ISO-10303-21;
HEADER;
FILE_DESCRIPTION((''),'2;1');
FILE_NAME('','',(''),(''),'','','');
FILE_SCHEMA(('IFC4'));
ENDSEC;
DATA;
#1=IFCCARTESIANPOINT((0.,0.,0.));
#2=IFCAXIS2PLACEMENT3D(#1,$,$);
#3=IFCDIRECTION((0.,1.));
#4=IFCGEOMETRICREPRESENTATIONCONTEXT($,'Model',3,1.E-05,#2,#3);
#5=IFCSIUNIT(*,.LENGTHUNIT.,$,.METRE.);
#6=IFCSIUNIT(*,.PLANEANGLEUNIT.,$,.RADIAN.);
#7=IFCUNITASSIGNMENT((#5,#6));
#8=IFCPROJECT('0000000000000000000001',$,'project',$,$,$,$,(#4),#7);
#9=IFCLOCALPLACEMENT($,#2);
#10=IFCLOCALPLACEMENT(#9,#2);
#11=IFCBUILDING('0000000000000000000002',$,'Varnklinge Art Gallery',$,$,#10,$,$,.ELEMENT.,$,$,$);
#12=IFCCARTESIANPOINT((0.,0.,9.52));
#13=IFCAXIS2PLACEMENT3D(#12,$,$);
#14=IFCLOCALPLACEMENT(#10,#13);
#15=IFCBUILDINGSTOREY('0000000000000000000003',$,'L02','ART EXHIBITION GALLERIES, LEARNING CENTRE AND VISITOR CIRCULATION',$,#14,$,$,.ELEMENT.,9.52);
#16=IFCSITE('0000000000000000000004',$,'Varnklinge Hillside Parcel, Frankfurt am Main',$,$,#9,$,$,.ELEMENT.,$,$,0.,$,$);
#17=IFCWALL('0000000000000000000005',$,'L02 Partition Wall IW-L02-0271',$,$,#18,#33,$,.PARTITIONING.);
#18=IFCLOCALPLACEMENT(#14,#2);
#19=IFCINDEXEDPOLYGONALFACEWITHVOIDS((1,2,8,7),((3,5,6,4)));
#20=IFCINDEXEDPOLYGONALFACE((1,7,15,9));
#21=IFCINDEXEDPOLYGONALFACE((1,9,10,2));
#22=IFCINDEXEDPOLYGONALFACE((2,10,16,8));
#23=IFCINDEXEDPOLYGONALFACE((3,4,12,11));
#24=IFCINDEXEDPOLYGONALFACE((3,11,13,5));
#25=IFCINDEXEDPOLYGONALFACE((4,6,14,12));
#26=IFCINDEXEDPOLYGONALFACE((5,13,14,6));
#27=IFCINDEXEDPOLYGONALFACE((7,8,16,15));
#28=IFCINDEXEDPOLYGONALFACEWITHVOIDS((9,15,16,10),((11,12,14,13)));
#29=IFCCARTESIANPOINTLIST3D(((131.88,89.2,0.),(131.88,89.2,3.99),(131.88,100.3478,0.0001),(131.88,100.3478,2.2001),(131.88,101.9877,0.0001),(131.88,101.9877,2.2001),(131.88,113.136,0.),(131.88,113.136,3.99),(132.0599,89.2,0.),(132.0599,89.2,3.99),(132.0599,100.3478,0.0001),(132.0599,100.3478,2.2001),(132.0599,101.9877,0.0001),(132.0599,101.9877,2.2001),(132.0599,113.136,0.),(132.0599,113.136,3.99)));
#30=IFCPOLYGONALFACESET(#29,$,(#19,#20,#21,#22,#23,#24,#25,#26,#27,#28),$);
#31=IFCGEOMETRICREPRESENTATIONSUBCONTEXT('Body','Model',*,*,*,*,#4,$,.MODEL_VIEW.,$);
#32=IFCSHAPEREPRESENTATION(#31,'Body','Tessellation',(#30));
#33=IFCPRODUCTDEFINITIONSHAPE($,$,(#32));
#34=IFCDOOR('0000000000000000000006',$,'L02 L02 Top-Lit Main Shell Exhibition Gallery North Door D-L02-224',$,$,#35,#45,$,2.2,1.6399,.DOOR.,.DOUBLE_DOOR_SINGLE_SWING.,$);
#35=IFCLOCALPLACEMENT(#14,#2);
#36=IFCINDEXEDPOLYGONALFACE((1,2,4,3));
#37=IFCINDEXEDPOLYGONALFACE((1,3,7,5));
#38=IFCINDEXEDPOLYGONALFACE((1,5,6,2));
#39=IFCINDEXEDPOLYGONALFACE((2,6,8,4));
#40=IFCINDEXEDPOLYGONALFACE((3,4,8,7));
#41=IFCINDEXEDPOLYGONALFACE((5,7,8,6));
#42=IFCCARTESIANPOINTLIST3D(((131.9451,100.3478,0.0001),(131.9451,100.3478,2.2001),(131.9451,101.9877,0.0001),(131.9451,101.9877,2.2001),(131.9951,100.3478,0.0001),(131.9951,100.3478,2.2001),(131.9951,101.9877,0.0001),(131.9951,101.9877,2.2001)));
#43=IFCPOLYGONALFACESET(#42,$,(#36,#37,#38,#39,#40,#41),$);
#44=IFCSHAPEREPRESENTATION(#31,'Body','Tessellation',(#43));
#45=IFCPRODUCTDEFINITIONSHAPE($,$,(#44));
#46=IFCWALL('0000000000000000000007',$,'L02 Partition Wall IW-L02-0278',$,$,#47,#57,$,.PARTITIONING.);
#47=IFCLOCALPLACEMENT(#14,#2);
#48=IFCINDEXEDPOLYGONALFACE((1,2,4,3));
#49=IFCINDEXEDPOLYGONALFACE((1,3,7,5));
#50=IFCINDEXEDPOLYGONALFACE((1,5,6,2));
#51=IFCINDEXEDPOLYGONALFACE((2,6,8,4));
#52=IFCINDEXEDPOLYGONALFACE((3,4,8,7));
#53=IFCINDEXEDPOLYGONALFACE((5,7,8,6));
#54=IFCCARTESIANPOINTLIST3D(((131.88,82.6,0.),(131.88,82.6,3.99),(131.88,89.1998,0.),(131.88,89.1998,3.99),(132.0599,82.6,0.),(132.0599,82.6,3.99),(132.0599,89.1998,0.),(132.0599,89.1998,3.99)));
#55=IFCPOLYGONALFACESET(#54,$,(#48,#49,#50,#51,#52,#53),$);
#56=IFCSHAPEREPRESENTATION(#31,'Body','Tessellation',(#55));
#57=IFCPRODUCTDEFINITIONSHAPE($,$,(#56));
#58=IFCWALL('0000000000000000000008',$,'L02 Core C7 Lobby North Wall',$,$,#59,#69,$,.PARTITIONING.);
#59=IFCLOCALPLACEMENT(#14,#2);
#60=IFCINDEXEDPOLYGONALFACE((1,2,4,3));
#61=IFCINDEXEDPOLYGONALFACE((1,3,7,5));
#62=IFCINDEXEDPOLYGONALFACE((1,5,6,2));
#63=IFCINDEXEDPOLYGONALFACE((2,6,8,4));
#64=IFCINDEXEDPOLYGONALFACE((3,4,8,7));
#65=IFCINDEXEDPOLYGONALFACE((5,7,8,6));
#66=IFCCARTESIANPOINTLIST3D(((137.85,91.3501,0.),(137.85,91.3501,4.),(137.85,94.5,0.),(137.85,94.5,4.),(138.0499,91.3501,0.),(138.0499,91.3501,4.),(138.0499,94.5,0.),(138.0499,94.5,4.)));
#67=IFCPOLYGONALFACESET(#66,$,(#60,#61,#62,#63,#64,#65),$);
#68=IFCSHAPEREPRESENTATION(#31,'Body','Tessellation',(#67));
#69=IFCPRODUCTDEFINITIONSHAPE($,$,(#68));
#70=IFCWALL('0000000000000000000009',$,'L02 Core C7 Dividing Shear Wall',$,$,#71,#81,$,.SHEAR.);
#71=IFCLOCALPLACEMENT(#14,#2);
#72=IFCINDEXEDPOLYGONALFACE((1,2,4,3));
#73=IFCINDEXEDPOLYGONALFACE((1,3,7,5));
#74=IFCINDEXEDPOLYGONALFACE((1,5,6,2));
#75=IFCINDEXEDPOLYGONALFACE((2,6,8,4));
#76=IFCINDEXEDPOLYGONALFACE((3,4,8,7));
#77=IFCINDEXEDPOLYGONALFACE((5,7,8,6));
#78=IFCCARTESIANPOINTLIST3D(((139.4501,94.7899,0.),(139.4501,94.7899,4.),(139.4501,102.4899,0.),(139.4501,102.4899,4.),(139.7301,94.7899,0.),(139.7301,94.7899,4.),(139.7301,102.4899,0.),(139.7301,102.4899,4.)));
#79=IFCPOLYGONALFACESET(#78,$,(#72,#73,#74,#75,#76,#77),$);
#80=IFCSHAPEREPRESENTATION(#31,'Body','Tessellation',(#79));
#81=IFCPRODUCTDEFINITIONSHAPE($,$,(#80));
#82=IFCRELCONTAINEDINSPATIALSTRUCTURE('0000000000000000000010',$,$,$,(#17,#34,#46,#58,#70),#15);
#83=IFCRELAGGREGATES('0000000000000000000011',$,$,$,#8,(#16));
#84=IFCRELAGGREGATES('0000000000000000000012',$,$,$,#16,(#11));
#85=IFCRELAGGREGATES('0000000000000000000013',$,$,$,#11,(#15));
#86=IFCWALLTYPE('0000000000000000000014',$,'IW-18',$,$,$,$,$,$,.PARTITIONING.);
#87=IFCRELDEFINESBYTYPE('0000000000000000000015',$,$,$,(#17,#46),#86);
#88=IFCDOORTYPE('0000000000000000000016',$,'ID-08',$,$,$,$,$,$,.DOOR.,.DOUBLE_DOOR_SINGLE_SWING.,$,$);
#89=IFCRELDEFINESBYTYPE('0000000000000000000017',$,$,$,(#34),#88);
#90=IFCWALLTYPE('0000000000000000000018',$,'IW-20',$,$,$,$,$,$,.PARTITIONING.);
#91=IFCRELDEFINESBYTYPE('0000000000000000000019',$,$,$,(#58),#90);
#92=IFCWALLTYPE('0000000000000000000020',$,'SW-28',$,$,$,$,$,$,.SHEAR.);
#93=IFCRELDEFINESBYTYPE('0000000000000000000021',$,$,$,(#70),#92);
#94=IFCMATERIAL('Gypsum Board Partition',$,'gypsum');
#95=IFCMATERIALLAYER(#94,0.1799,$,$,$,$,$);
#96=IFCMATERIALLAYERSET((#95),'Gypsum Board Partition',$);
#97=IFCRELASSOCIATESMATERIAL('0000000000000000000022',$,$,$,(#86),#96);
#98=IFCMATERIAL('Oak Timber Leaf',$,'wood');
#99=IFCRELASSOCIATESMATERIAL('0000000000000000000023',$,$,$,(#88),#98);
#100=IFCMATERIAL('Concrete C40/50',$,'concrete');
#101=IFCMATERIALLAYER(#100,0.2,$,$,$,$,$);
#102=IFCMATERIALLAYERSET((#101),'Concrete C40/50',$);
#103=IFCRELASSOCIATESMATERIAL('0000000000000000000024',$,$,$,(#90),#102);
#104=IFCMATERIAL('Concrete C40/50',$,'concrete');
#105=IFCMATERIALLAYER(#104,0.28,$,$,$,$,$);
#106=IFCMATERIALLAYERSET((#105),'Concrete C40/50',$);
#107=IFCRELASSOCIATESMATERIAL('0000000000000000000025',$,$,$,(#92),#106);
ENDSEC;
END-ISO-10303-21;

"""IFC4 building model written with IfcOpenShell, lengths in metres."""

from ifc_helpers import new_model, si_unit, direction, frame, frame_2d, origin, place, context, subcontext, project, spatial, rectangle, extrude, material, layer, layer_set, type_object, element, fill, save


model = new_model("IFC4")

# Units and contexts
model_context = context("Model", 3, precision=1e-05, world=origin(), true_north=direction((0.0, 1.0)))
body_context = subcontext(model_context, "Body", "Model", "MODEL_VIEW")
ifc_project = project(units=[si_unit("LENGTHUNIT", "METRE"), si_unit("PLANEANGLEUNIT", "RADIAN")], contexts=[model_context])

# Site, building, storey
site_placement = place(None, origin())
site = spatial("IfcSite", under=ifc_project, at=site_placement, Name="Varnklinge Hillside Parcel, Frankfurt am Main", CompositionType="ELEMENT", RefElevation=0.0)
building_placement = place(site_placement, origin())
building = spatial("IfcBuilding", under=site, at=building_placement, Name="Varnklinge Art Gallery", CompositionType="ELEMENT")
storey_placement = place(building_placement, frame((0.0, 0.0, 9.52)))
storey = spatial("IfcBuildingStorey", under=building, at=storey_placement, Name="L02", Description="ART EXHIBITION GALLERIES, LEARNING CENTRE AND VISITOR CIRCULATION", CompositionType="ELEMENT", Elevation=9.52)

# Wall, opening, door
ifc_material_1 = material(Name="Gypsum Board Partition", Category="gypsum")
ifc_layer_1 = layer(ifc_material_1, 0.1799)
ifc_layer_set_1 = layer_set([ifc_layer_1], Name="Gypsum Board Partition")
wall_type_1 = type_object("IfcWallType", Name="IW-18", PredefinedType="PARTITIONING", material=ifc_layer_set_1)
wall_1_placement = place(storey_placement, frame((131.97, 89.2, 0.0), z_axis=(0.0, 0.0, 1.0), x_axis=(0.0, 1.0, 0.0)))
wall_1 = element("IfcWall", 1, at=wall_1_placement, inside=storey, type_object=wall_type_1, Name="L02 Partition Wall IW-L02-0271", PredefinedType="PARTITIONING", context=body_context, shape_type="SweptSolid", body=[
    extrude(rectangle(XDim=23.936, YDim=0.1799, at=frame_2d((11.968, 0.0))), origin(), (0.0, 0.0, 1.0), 3.99),
])
opening_1_placement = place(wall_1_placement, frame((11.1479, 0.0, 0.0)))
opening_1 = element("IfcOpeningElement", 2, at=opening_1_placement, cuts=wall_1, PredefinedType="OPENING", context=body_context, shape_type="SweptSolid", body=[
    extrude(rectangle(XDim=1.6399, YDim=2.2, at=frame_2d((0.8198, 1.1001))), frame((0.0, 0.0999, 0.0), z_axis=(0.0, -1.0, 0.0), x_axis=(1.0, 0.0, 0.0)), (0.0, 0.0, 1.0), 0.2),
])
ifc_material_2 = material(Name="Oak Timber Leaf", Category="wood")
door_type_1 = type_object("IfcDoorType", Name="ID-08", OperationType="DOUBLE_DOOR_SINGLE_SWING", PredefinedType="DOOR", material=ifc_material_2)
door_1_placement = place(opening_1_placement, origin())
door_1 = element("IfcDoor", 3, at=door_1_placement, inside=storey, type_object=door_type_1, Name="L02 L02 Top-Lit Main Shell Exhibition Gallery North Door D-L02-224", OperationType="DOUBLE_DOOR_SINGLE_SWING", OverallHeight=2.2, OverallWidth=1.6399, PredefinedType="DOOR", context=body_context, shape_type="SweptSolid", body=[
    extrude(rectangle(XDim=1.6399, YDim=2.2, at=frame_2d((0.8198, 1.1001))), frame((0.0, 0.0249, 0.0), z_axis=(0.0, -1.0, 0.0), x_axis=(1.0, 0.0, 0.0)), (0.0, 0.0, 1.0), 0.05),
])
fill(opening_1, door_1)

# Walls
wall_2_placement = place(storey_placement, frame((131.97, 82.6001, 0.0), z_axis=(0.0, 0.0, 1.0), x_axis=(0.0, 1.0, 0.0)))
element("IfcWall", 4, at=wall_2_placement, inside=storey, type_object=wall_type_1, Name="L02 Partition Wall IW-L02-0278", PredefinedType="PARTITIONING", context=body_context, shape_type="SweptSolid", body=[
    extrude(rectangle(XDim=6.5999, YDim=0.1799, at=frame_2d((3.2998, 0.0))), origin(), (0.0, 0.0, 1.0), 3.99),
])
ifc_material_3 = material(Name="Concrete C40/50", Category="concrete")
ifc_layer_2 = layer(ifc_material_3, 0.2)
ifc_layer_set_2 = layer_set([ifc_layer_2], Name="Concrete C40/50")
wall_type_2 = type_object("IfcWallType", Name="IW-20", PredefinedType="PARTITIONING", material=ifc_layer_set_2)
wall_3_placement = place(storey_placement, frame((137.95, 94.5, 0.0), z_axis=(0.0, 0.0, 1.0), x_axis=(0.0, -1.0, 0.0)))
element("IfcWall", 5, at=wall_3_placement, inside=storey, type_object=wall_type_2, Name="L02 Core C7 Lobby North Wall", PredefinedType="PARTITIONING", context=body_context, shape_type="SweptSolid", body=[
    extrude(rectangle(XDim=3.1499, YDim=0.2, at=frame_2d((1.575, 0.0))), origin(), (0.0, 0.0, 1.0), 4.0),
])
ifc_material_4 = material(Name="Concrete C40/50", Category="concrete")
ifc_layer_3 = layer(ifc_material_4, 0.28)
ifc_layer_set_3 = layer_set([ifc_layer_3], Name="Concrete C40/50")
wall_type_3 = type_object("IfcWallType", Name="SW-28", PredefinedType="SHEAR", material=ifc_layer_set_3)
wall_4_placement = place(storey_placement, frame((139.5901, 102.49, 0.0), z_axis=(0.0, 0.0, 1.0), x_axis=(0.0, -1.0, 0.0)))
element("IfcWall", 6, at=wall_4_placement, inside=storey, type_object=wall_type_3, Name="L02 Core C7 Dividing Shear Wall", PredefinedType="SHEAR", context=body_context, shape_type="SweptSolid", body=[
    extrude(rectangle(XDim=7.7, YDim=0.28, at=frame_2d((3.8501, 0.0))), origin(), (0.0, 0.0, 1.0), 4.0),
])

save(model, "model.ifc")
